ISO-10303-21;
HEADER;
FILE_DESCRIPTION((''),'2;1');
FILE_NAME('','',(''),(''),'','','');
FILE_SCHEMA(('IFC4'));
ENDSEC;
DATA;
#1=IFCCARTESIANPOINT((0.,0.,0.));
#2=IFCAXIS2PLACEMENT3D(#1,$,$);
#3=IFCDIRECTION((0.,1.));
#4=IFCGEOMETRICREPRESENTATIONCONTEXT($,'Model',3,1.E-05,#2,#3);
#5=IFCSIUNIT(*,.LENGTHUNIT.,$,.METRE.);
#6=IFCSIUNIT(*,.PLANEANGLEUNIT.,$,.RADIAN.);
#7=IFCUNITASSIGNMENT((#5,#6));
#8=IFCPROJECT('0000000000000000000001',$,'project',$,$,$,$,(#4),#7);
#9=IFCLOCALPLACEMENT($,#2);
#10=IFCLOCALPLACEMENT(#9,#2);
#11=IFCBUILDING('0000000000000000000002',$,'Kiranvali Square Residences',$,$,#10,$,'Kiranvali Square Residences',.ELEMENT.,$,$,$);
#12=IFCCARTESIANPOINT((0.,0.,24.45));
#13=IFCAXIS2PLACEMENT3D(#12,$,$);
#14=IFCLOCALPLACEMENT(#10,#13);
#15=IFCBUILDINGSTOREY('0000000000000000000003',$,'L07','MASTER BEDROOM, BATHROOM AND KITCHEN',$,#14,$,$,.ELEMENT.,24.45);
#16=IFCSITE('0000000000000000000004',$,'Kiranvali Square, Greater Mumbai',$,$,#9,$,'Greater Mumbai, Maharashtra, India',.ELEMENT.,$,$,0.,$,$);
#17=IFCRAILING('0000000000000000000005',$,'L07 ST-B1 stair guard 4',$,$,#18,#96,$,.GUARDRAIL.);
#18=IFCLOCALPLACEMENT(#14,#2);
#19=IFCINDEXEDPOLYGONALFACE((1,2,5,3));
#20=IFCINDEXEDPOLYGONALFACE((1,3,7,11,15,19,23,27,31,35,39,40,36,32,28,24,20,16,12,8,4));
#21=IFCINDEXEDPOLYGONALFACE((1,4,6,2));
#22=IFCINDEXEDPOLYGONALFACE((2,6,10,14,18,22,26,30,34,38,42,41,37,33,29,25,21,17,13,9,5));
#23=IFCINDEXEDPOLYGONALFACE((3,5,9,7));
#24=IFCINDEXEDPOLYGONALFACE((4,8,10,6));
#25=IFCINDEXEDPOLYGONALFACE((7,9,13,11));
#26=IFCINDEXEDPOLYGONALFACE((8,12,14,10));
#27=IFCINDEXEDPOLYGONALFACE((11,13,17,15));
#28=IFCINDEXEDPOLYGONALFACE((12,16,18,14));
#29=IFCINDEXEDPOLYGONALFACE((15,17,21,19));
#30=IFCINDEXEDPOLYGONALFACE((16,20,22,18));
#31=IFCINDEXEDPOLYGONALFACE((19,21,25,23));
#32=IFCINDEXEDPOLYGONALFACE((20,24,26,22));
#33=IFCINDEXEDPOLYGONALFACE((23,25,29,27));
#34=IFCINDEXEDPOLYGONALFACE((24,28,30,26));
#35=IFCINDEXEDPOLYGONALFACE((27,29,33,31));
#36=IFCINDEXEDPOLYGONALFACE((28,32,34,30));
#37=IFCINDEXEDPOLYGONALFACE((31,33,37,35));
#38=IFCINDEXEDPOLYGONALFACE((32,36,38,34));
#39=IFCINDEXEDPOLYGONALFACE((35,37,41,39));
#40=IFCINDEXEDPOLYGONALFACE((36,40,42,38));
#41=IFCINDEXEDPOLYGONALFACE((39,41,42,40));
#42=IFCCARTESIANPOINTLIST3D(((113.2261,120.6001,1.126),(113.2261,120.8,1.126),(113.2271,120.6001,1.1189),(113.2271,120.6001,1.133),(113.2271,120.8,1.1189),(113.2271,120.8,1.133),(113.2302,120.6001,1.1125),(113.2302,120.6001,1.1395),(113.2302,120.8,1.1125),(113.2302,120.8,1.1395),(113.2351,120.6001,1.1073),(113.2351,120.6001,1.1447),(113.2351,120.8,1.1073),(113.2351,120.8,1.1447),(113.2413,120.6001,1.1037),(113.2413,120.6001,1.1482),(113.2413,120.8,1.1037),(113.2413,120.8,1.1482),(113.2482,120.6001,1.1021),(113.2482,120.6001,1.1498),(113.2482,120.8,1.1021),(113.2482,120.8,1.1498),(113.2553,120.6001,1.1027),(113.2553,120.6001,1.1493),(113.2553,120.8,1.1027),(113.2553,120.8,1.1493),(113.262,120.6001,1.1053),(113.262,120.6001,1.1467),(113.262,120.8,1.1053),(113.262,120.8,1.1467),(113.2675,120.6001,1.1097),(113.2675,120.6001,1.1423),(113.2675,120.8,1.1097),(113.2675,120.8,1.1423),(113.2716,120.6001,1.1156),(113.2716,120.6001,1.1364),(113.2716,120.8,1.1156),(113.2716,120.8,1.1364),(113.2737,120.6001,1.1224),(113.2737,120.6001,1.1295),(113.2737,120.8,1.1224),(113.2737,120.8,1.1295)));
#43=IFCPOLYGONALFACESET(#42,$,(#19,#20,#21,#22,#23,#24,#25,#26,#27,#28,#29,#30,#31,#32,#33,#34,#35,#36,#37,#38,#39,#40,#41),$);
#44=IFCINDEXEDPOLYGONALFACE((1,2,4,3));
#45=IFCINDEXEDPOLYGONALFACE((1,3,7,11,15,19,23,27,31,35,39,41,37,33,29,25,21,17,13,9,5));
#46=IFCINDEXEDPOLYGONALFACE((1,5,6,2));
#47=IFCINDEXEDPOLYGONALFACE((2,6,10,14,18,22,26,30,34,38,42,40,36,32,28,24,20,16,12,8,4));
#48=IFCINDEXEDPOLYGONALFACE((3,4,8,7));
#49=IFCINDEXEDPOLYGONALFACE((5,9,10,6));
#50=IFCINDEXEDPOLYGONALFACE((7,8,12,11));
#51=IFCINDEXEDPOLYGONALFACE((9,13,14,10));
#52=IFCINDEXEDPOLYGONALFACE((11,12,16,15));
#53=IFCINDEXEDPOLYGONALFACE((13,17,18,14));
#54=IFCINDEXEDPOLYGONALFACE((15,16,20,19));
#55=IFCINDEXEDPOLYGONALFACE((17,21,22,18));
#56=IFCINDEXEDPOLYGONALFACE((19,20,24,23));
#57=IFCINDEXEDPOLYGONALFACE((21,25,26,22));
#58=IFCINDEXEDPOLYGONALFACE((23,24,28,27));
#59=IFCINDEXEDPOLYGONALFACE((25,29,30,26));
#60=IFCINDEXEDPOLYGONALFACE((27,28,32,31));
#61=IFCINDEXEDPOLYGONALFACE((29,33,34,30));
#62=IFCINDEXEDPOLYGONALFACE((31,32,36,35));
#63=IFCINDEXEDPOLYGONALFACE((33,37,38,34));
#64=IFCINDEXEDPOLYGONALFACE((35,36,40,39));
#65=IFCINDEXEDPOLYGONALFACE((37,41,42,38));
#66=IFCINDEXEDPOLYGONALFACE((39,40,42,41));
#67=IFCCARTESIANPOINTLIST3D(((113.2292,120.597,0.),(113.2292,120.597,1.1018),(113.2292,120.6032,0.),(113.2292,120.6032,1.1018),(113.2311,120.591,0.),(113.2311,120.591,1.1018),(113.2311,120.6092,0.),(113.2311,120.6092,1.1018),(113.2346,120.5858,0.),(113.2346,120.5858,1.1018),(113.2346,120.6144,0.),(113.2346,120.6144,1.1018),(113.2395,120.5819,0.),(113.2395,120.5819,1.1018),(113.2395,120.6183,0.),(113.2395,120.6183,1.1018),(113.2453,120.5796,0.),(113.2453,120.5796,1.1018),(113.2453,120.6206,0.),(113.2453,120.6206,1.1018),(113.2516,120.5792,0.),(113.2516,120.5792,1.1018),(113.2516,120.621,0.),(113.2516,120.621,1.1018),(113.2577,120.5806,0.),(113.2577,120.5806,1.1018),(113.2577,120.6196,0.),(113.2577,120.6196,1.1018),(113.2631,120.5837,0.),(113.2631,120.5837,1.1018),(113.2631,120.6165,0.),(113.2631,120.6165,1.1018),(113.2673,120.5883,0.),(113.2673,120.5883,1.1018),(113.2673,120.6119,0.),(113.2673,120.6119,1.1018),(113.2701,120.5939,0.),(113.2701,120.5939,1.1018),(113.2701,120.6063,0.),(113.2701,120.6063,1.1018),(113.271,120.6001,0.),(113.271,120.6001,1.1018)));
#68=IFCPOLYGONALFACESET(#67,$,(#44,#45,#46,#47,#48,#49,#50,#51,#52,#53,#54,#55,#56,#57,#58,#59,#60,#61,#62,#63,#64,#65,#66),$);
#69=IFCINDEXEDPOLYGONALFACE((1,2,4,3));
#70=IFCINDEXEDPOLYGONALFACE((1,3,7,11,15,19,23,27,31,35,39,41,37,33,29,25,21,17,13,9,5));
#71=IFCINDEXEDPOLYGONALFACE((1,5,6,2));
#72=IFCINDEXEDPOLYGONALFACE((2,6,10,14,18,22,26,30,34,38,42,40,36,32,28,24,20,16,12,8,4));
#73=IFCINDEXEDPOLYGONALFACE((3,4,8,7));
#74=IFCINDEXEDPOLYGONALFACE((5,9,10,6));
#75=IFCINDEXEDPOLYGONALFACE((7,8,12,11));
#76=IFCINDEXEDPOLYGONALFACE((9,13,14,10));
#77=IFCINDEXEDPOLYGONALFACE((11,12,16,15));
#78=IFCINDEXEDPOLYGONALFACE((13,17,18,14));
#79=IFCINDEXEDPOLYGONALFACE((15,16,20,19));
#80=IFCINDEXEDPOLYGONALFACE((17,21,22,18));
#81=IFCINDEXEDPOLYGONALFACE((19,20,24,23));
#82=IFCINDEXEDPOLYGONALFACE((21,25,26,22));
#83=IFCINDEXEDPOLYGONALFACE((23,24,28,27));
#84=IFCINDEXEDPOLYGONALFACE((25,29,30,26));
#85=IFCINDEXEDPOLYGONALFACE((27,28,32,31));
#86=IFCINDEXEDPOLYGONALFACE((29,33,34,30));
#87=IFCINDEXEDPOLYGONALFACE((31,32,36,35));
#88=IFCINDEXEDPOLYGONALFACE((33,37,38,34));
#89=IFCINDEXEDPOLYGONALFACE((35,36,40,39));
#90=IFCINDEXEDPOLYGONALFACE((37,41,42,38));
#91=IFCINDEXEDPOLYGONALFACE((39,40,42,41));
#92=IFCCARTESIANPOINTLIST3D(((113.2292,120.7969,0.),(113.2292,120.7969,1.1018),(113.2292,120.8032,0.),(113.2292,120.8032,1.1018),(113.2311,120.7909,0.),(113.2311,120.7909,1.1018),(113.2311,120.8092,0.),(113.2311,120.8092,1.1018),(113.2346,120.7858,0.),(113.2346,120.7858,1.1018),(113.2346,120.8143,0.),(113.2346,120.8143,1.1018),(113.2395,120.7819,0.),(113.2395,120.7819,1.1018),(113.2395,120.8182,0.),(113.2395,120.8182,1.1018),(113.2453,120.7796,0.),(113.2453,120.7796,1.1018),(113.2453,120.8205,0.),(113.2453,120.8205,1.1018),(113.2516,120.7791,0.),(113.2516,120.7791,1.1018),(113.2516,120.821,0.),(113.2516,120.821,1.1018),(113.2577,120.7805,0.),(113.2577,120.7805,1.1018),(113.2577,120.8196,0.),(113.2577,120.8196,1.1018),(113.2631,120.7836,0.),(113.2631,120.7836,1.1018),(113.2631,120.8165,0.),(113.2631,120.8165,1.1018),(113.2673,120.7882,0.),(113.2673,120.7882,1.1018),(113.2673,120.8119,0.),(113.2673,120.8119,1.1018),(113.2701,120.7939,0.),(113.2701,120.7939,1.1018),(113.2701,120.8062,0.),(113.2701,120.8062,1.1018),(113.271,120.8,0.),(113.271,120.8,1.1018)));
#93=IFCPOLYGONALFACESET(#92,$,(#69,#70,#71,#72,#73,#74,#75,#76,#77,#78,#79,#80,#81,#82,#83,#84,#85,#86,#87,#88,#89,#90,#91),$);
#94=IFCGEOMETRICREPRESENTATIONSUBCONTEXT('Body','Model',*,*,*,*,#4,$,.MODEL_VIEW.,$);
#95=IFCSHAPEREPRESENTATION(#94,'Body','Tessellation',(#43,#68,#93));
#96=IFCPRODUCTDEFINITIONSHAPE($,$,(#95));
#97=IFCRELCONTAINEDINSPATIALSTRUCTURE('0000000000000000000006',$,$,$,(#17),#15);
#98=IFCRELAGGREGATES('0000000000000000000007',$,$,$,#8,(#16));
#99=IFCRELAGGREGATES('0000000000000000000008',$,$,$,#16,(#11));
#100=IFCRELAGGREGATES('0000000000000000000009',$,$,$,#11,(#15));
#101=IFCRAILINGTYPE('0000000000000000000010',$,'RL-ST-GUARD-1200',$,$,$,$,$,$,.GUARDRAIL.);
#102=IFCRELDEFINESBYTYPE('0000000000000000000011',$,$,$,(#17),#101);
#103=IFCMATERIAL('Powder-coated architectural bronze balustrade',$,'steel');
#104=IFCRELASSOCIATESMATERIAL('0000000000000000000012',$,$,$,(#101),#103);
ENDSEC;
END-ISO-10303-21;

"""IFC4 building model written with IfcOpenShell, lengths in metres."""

from ifc_helpers import new_model, si_unit, direction, frame, origin, origin_2d, place, context, subcontext, project, spatial, circle, extrude, material, type_object, element, save


model = new_model("IFC4")

# Units and contexts
model_context = context("Model", 3, precision=1e-05, world=origin(), true_north=direction((0.0, 1.0)))
body_context = subcontext(model_context, "Body", "Model", "MODEL_VIEW")
ifc_project = project(units=[si_unit("LENGTHUNIT", "METRE"), si_unit("PLANEANGLEUNIT", "RADIAN")], contexts=[model_context])

# Site, building, storey
site_placement = place(None, origin())
site = spatial("IfcSite", under=ifc_project, at=site_placement, Name="Kiranvali Square, Greater Mumbai", LongName="Greater Mumbai, Maharashtra, India", CompositionType="ELEMENT", RefElevation=0.0)
building_placement = place(site_placement, origin())
building = spatial("IfcBuilding", under=site, at=building_placement, Name="Kiranvali Square Residences", LongName="Kiranvali Square Residences", CompositionType="ELEMENT")
storey_placement = place(building_placement, frame((0.0, 0.0, 24.45)))
storey = spatial("IfcBuildingStorey", under=building, at=storey_placement, Name="L07", Description="MASTER BEDROOM, BATHROOM AND KITCHEN", CompositionType="ELEMENT", Elevation=24.45)

# Railing
ifc_material_1 = material(Name="Powder-coated architectural bronze balustrade", Category="steel")
railing_type_1 = type_object("IfcRailingType", Name="RL-ST-GUARD-1200", PredefinedType="GUARDRAIL", material=ifc_material_1)
railing_1_placement = place(storey_placement, frame((113.25, 120.6001, 0.0)))
element("IfcRailing", 1, at=railing_1_placement, inside=storey, type_object=railing_type_1, Name="L07 ST-B1 stair guard 4", PredefinedType="GUARDRAIL", context=body_context, shape_type="SweptSolid", body=[
    extrude(circle(Radius=0.0239, at=origin_2d()), frame((0.0, 0.0, 1.126), z_axis=(0.0, 1.0, 0.0), x_axis=(-1.0, 0.0, 0.0)), (0.0, 0.0, 1.0), 0.2),
    extrude(circle(Radius=0.021, at=origin_2d()), origin(), (0.0, 0.0, 1.0), 1.1018),
    extrude(circle(Radius=0.021, at=origin_2d()), frame((0.0, 0.2, 0.0)), (0.0, 0.0, 1.0), 1.1018),
])

save(model, "model.ifc")
